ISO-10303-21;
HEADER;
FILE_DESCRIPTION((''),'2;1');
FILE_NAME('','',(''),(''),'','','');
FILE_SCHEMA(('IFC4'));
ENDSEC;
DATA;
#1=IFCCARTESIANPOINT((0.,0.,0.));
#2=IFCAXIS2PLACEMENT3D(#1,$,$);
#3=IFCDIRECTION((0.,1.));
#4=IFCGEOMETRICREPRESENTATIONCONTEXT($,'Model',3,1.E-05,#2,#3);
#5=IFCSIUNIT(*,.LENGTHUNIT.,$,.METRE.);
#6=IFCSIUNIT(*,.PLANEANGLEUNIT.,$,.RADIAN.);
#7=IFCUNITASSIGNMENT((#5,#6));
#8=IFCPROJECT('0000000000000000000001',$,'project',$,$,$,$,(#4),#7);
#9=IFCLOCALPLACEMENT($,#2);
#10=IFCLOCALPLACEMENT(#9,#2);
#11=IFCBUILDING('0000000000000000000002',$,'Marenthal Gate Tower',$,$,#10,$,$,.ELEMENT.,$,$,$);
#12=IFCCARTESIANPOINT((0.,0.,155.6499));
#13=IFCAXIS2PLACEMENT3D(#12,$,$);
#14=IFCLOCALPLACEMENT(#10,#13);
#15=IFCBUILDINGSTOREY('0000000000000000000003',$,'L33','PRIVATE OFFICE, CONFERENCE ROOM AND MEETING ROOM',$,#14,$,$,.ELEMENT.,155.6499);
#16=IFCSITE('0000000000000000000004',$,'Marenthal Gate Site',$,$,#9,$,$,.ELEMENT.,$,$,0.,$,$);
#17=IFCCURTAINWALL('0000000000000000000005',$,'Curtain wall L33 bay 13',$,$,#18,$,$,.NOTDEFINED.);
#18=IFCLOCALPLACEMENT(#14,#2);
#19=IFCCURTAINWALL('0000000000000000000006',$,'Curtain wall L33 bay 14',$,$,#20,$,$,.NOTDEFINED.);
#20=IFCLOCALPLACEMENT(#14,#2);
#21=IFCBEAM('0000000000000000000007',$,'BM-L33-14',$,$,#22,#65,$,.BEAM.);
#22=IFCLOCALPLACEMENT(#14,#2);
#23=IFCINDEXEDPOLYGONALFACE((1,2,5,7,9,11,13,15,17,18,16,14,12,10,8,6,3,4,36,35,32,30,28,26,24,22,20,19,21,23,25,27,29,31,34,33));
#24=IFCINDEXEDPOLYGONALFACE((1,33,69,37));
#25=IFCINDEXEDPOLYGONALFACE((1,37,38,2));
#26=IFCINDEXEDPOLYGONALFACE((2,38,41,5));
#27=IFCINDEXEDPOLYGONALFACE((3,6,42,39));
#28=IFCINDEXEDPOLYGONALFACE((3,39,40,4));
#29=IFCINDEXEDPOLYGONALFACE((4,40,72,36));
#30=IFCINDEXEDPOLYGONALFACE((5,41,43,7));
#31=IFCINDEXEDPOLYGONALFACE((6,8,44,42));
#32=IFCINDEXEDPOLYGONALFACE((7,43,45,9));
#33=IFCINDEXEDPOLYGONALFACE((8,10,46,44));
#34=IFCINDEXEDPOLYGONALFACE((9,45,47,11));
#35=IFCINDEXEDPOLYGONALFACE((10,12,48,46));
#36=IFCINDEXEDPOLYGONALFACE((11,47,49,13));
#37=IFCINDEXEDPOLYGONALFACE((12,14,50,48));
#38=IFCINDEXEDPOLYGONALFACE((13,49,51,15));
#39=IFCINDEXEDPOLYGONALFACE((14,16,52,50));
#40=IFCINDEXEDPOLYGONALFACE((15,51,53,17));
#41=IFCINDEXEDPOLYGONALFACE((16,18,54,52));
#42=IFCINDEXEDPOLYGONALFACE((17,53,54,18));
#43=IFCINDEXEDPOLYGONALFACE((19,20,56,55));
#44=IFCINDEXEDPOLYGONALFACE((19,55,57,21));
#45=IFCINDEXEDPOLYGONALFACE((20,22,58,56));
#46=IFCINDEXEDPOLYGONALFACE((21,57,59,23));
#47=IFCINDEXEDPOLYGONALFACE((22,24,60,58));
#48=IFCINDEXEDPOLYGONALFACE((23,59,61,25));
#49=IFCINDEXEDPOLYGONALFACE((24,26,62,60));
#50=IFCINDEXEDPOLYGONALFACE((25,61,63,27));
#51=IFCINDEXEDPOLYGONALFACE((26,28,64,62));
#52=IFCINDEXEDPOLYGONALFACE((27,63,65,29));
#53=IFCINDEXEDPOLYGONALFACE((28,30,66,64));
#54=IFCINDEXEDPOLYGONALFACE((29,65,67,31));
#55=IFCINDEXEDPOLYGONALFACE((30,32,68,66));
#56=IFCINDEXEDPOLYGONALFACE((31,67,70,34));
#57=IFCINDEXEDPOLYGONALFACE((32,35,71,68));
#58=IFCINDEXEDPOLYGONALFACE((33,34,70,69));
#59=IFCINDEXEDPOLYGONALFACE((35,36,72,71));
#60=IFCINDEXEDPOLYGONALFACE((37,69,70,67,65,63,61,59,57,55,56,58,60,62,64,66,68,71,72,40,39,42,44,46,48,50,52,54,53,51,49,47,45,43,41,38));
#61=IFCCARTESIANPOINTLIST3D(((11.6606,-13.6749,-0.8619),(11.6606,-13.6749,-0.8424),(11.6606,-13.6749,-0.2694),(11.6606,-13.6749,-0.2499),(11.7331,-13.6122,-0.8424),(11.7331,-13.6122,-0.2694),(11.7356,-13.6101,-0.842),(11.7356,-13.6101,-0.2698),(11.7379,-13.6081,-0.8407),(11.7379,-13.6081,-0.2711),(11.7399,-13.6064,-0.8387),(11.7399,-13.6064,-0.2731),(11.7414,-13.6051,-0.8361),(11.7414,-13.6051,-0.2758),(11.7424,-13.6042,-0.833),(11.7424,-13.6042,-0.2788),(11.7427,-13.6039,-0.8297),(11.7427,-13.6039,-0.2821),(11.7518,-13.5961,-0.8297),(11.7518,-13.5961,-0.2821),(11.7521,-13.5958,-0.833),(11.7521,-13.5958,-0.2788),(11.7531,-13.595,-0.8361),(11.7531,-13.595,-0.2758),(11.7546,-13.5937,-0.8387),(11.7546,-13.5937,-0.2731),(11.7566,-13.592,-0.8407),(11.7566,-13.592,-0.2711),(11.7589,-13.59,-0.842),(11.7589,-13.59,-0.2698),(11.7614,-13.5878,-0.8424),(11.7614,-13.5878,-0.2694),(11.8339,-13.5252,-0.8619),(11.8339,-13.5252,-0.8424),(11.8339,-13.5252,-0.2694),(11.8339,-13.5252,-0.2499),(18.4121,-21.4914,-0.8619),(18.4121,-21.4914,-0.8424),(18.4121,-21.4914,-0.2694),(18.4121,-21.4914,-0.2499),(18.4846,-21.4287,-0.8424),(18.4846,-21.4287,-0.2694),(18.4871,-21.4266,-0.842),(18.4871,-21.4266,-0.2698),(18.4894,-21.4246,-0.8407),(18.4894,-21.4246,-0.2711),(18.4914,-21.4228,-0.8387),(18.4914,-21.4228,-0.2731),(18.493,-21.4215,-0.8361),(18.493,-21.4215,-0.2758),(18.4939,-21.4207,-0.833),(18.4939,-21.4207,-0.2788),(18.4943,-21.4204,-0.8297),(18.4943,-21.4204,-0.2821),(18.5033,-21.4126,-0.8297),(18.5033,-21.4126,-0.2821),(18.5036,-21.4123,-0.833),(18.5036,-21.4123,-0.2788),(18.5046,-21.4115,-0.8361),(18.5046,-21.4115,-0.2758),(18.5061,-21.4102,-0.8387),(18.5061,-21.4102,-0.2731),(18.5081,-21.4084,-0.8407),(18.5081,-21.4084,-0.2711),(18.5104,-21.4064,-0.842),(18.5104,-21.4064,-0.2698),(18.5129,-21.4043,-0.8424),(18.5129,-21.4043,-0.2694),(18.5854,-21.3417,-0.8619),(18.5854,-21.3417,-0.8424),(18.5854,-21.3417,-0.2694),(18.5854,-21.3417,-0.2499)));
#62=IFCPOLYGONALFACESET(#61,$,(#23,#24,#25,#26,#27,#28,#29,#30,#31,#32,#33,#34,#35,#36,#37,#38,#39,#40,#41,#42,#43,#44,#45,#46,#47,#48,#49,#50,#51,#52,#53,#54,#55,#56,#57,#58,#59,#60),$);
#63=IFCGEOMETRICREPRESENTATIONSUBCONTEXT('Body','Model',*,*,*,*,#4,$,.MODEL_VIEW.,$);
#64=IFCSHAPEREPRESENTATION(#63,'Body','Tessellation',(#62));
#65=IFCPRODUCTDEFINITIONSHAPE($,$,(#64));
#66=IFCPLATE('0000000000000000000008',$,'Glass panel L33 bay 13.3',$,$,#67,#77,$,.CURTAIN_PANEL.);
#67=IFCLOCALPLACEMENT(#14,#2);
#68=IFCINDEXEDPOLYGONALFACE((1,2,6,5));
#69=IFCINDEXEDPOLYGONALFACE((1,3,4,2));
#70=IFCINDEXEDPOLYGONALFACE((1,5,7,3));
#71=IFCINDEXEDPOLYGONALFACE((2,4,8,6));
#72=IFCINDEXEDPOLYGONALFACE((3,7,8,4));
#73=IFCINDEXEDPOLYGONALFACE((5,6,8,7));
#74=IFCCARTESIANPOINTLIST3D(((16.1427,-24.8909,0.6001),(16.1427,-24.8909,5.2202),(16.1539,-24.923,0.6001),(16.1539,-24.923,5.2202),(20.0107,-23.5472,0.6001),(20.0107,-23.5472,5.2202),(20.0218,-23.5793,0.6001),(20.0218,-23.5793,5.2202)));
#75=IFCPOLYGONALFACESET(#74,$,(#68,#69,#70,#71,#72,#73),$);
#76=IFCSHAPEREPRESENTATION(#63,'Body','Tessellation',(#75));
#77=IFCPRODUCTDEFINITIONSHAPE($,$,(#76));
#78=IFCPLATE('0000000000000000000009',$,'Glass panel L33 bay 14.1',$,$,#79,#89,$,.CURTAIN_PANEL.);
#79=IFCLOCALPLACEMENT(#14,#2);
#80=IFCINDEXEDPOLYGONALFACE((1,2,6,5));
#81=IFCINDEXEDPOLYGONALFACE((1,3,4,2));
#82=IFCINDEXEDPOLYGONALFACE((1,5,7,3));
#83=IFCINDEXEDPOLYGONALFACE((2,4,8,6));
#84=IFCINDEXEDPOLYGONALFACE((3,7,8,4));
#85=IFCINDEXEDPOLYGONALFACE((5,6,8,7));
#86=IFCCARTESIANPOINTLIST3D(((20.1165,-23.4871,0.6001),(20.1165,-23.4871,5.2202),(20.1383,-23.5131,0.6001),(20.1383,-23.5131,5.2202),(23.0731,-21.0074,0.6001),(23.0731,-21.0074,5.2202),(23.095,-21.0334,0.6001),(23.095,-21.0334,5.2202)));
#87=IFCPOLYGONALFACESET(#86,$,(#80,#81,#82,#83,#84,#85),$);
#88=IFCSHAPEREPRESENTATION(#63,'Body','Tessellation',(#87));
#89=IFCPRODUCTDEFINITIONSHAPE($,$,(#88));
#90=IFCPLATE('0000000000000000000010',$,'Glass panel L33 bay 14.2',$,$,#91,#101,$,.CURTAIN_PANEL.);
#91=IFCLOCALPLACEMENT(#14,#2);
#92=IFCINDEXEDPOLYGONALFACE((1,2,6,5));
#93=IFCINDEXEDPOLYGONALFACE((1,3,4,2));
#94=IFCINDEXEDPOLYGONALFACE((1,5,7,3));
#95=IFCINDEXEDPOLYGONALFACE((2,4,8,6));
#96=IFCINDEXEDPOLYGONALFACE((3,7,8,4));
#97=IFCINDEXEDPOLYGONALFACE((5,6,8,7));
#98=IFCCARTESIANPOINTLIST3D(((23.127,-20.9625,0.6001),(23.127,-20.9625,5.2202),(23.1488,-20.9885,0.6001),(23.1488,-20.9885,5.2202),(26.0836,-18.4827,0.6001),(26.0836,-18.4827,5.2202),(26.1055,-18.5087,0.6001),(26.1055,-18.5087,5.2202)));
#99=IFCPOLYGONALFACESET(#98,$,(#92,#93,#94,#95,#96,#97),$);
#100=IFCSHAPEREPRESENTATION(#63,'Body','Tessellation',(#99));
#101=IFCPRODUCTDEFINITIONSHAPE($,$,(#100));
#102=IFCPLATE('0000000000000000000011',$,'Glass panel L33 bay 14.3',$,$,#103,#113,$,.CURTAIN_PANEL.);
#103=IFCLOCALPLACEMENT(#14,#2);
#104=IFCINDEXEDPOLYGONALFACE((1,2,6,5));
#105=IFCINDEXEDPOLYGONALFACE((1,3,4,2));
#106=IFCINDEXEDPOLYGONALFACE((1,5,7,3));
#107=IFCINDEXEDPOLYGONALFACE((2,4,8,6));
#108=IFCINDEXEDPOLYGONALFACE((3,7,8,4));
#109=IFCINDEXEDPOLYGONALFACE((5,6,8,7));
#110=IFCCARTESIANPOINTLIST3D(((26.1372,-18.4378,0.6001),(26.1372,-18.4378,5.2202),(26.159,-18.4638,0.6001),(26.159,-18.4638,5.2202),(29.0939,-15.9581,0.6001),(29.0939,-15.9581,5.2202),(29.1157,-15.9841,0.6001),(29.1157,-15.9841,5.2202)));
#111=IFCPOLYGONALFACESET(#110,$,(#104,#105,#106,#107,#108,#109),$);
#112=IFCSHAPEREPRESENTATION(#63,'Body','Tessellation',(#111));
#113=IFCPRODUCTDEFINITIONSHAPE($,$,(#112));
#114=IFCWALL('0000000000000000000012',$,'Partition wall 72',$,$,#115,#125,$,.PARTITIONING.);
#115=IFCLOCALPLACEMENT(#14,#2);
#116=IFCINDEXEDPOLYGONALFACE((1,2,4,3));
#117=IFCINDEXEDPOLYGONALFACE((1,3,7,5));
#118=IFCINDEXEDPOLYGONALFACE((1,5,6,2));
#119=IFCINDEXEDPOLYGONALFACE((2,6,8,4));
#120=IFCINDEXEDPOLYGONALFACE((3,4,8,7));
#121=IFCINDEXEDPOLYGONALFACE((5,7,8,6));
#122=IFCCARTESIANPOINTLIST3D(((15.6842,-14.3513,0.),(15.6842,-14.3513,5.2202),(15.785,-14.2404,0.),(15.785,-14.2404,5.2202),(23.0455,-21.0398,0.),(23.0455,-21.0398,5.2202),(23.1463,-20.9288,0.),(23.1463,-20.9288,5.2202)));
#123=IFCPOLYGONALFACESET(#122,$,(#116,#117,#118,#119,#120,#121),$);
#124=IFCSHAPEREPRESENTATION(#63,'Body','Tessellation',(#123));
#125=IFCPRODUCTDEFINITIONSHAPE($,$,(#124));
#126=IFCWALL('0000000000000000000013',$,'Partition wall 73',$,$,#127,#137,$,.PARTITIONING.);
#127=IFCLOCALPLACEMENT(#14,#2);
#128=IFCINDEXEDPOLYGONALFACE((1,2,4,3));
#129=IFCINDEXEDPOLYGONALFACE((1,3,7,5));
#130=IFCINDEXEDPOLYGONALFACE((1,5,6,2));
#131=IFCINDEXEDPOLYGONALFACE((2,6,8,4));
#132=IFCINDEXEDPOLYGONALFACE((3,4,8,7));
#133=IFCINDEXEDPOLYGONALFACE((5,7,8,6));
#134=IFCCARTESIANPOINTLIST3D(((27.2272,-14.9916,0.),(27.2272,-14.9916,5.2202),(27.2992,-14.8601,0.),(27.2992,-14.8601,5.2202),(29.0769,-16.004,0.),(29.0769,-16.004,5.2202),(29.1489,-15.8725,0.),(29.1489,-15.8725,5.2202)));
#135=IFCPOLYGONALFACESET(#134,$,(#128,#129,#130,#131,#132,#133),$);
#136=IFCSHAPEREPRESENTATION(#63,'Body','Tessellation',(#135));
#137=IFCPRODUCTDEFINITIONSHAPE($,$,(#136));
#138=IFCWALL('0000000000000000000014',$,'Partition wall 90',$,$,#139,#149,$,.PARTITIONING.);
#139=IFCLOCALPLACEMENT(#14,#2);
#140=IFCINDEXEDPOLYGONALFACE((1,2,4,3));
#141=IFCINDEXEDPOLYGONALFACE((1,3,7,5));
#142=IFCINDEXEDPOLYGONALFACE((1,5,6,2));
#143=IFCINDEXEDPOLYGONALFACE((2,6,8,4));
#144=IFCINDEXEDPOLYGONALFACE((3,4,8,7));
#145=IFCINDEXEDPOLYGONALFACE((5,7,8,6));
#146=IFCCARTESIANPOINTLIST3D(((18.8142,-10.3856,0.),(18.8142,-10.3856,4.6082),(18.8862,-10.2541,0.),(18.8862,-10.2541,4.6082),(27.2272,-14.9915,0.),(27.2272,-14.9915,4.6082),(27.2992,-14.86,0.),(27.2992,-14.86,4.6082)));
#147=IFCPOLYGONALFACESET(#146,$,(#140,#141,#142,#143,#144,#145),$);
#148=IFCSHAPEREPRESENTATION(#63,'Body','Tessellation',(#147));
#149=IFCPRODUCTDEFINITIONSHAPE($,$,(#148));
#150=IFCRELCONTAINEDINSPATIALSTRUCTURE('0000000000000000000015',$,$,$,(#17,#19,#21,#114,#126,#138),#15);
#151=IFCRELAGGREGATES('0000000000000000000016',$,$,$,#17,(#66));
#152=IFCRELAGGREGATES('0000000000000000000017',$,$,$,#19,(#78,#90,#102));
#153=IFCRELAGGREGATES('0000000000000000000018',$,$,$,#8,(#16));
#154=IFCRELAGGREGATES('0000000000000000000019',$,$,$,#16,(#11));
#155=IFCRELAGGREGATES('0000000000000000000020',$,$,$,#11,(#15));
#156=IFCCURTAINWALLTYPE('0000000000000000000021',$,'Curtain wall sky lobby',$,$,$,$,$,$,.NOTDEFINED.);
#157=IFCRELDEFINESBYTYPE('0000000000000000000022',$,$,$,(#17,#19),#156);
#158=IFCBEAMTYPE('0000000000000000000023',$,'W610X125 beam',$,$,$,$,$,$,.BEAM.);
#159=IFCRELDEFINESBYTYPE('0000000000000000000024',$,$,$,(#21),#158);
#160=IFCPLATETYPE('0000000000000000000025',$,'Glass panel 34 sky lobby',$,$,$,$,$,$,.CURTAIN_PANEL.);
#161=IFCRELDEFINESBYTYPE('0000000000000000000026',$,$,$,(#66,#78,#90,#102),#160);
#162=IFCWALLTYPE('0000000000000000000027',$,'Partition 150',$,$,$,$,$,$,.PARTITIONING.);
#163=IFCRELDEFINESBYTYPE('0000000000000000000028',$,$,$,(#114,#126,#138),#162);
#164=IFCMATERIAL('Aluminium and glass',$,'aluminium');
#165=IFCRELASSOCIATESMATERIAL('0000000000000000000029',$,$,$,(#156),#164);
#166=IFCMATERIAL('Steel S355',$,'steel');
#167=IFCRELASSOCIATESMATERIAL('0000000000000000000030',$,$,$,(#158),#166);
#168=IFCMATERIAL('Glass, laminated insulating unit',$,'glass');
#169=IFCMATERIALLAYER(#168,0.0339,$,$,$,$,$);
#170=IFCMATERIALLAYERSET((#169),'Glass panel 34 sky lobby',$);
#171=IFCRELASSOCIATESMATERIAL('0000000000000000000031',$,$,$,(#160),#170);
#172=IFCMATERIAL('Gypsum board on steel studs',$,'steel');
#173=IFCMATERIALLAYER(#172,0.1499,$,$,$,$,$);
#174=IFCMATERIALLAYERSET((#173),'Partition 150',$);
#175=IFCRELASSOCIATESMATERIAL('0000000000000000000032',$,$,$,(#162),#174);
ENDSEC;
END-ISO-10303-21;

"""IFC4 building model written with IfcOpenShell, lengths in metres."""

from ifc_helpers import new_model, si_unit, direction, frame, frame_2d, origin, origin_2d, place, context, subcontext, project, spatial, rectangle, i_section, extrude, material, layer, layer_set, material_profile, profile_set, type_object, element, aggregate, save


model = new_model("IFC4")

# Units and contexts
model_context = context("Model", 3, precision=1e-05, world=origin(), true_north=direction((0.0, 1.0)))
body_context = subcontext(model_context, "Body", "Model", "MODEL_VIEW")
ifc_project = project(units=[si_unit("LENGTHUNIT", "METRE"), si_unit("PLANEANGLEUNIT", "RADIAN")], contexts=[model_context])

# Site, building, storey
site_placement = place(None, origin())
site = spatial("IfcSite", under=ifc_project, at=site_placement, Name="Marenthal Gate Site", CompositionType="ELEMENT", RefElevation=0.0)
building_placement = place(site_placement, origin())
building = spatial("IfcBuilding", under=site, at=building_placement, Name="Marenthal Gate Tower", CompositionType="ELEMENT")
storey_placement = place(building_placement, frame((0.0, 0.0, 155.6499)))
storey = spatial("IfcBuildingStorey", under=building, at=storey_placement, Name="L33", Description="PRIVATE OFFICE, CONFERENCE ROOM AND MEETING ROOM", CompositionType="ELEMENT", Elevation=155.6499)

# Curtain wall
ifc_material_1 = material(Name="Aluminium and glass", Category="aluminium")
curtain_wall_type = type_object("IfcCurtainWallType", Name="Curtain wall sky lobby", PredefinedType="NOTDEFINED", material=ifc_material_1)
curtain_wall_1_placement = place(storey_placement, origin())
curtain_wall_1 = element("IfcCurtainWall", 1, at=curtain_wall_1_placement, inside=storey, type_object=curtain_wall_type, Name="Curtain wall L33 bay 13", PredefinedType="NOTDEFINED")

# Curtain wall
curtain_wall_2_placement = place(storey_placement, origin())
curtain_wall_2 = element("IfcCurtainWall", 2, at=curtain_wall_2_placement, inside=storey, type_object=curtain_wall_type, Name="Curtain wall L33 bay 14", PredefinedType="NOTDEFINED")

# Beam
ifc_material_2 = material(Name="Steel S355", Category="steel")
ifc_material_profile_1 = material_profile(ifc_material_2, i_section(OverallWidth=0.229, OverallDepth=0.6121, WebThickness=0.012, FlangeThickness=0.0195, FilletRadius=0.0127, at=origin_2d()), Name="W610X125")
ifc_profile_set_1 = profile_set([ifc_material_profile_1], Name="Steel S355")
beam_type_1 = type_object("IfcBeamType", Name="W610X125 beam", PredefinedType="BEAM", material=ifc_profile_set_1)
beam_1_placement = place(storey_placement, frame((18.4988, -21.4165, -0.5559), z_axis=(-0.653672, 0.756778, 0.0), x_axis=(-0.756778, -0.653672, 0.0)))
element("IfcBeam", 3, at=beam_1_placement, inside=storey, type_object=beam_type_1, Name="BM-L33-14", PredefinedType="BEAM", context=body_context, shape_type="SweptSolid", body=[
    extrude(i_section(OverallWidth=0.229, OverallDepth=0.6121, WebThickness=0.012, FlangeThickness=0.0195, FilletRadius=0.0127, at=origin_2d()), origin(), (0.0, 0.0, 1.0), 10.3286),
])

# Plates
ifc_material_3 = material(Name="Glass, laminated insulating unit", Category="glass")
ifc_layer_1 = layer(ifc_material_3, 0.0339)
ifc_layer_set_1 = layer_set([ifc_layer_1], Name="Glass panel 34 sky lobby")
plate_type = type_object("IfcPlateType", Name="Glass panel 34 sky lobby", PredefinedType="CURTAIN_PANEL", material=ifc_layer_set_1)
plate_1_placement = place(storey_placement, frame((18.0823, -24.2351, 0.6001), z_axis=(0.0, 0.0, 1.0), x_axis=(0.944623, 0.328158, 0.0)))
plate_1 = element("IfcPlate", 4, at=plate_1_placement, type_object=plate_type, Name="Glass panel L33 bay 13.3", PredefinedType="CURTAIN_PANEL", context=body_context, shape_type="SweptSolid", body=[
    extrude(rectangle(XDim=4.0947, YDim=0.0339, at=origin_2d()), origin(), (0.0, 0.0, 1.0), 4.6201),
])
aggregate(curtain_wall_1, [plate_1])
plate_2_placement = place(storey_placement, frame((21.6057, -22.2603, 0.6001), z_axis=(0.0, 0.0, 1.0), x_axis=(0.7662, 0.642602, 0.0)))
plate_2 = element("IfcPlate", 5, at=plate_2_placement, type_object=plate_type, Name="Glass panel L33 bay 14.1", PredefinedType="CURTAIN_PANEL", context=body_context, shape_type="SweptSolid", body=[
    extrude(rectangle(XDim=3.8589, YDim=0.0339, at=origin_2d()), origin(), (0.0, 0.0, 1.0), 4.6201),
])
plate_3_placement = place(storey_placement, frame((24.6162, -19.7356, 0.6001), z_axis=(0.0, 0.0, 1.0), x_axis=(0.7662, 0.642602, 0.0)))
plate_3 = element("IfcPlate", 6, at=plate_3_placement, type_object=plate_type, Name="Glass panel L33 bay 14.2", PredefinedType="CURTAIN_PANEL", context=body_context, shape_type="SweptSolid", body=[
    extrude(rectangle(XDim=3.8589, YDim=0.0339, at=origin_2d()), origin(), (0.0, 0.0, 1.0), 4.6201),
])
plate_4_placement = place(storey_placement, frame((27.6265, -17.2109, 0.6001), z_axis=(0.0, 0.0, 1.0), x_axis=(0.7662, 0.642602, 0.0)))
plate_4 = element("IfcPlate", 7, at=plate_4_placement, type_object=plate_type, Name="Glass panel L33 bay 14.3", PredefinedType="CURTAIN_PANEL", context=body_context, shape_type="SweptSolid", body=[
    extrude(rectangle(XDim=3.8589, YDim=0.0339, at=origin_2d()), origin(), (0.0, 0.0, 1.0), 4.6201),
])
aggregate(curtain_wall_2, [plate_2, plate_3, plate_4])

# Walls
ifc_material_4 = material(Name="Gypsum board on steel studs", Category="steel")
ifc_layer_2 = layer(ifc_material_4, 0.1499)
ifc_layer_set_2 = layer_set([ifc_layer_2], Name="Partition 150")
wall_type = type_object("IfcWallType", Name="Partition 150", PredefinedType="PARTITIONING", material=ifc_layer_set_2)
wall_1_placement = place(storey_placement, frame((23.0959, -20.9844, 0.0), z_axis=(0.0, 0.0, 1.0), x_axis=(-0.740122, 0.672472, 0.0)))
element("IfcWall", 8, at=wall_1_placement, inside=storey, type_object=wall_type, Name="Partition wall 72", PredefinedType="PARTITIONING", context=body_context, shape_type="SweptSolid", body=[
    extrude(rectangle(XDim=9.946, YDim=0.1499, at=frame_2d((4.9731, 0.0))), origin(), (0.0, 0.0, 1.0), 5.2202),
])
wall_2_placement = place(storey_placement, frame((29.1128, -15.9382, 0.0), z_axis=(0.0, 0.0, 1.0), x_axis=(-0.877182, 0.480158, 0.0)))
element("IfcWall", 9, at=wall_2_placement, inside=storey, type_object=wall_type, Name="Partition wall 73", PredefinedType="PARTITIONING", context=body_context, shape_type="SweptSolid", body=[
    extrude(rectangle(XDim=2.1086, YDim=0.1499, at=frame_2d((1.0542, 0.0))), origin(), (0.0, 0.0, 1.0), 5.2202),
])
wall_3_placement = place(storey_placement, frame((27.2632, -14.9258, 0.0), z_axis=(0.0, 0.0, 1.0), x_axis=(-0.877149, 0.480218, 0.0)))
element("IfcWall", 10, at=wall_3_placement, inside=storey, type_object=wall_type, Name="Partition wall 90", PredefinedType="PARTITIONING", context=body_context, shape_type="SweptSolid", body=[
    extrude(rectangle(XDim=9.5913, YDim=0.1499, at=frame_2d((4.7957, 0.0))), origin(), (0.0, 0.0, 1.0), 4.6082),
])

save(model, "model.ifc")
